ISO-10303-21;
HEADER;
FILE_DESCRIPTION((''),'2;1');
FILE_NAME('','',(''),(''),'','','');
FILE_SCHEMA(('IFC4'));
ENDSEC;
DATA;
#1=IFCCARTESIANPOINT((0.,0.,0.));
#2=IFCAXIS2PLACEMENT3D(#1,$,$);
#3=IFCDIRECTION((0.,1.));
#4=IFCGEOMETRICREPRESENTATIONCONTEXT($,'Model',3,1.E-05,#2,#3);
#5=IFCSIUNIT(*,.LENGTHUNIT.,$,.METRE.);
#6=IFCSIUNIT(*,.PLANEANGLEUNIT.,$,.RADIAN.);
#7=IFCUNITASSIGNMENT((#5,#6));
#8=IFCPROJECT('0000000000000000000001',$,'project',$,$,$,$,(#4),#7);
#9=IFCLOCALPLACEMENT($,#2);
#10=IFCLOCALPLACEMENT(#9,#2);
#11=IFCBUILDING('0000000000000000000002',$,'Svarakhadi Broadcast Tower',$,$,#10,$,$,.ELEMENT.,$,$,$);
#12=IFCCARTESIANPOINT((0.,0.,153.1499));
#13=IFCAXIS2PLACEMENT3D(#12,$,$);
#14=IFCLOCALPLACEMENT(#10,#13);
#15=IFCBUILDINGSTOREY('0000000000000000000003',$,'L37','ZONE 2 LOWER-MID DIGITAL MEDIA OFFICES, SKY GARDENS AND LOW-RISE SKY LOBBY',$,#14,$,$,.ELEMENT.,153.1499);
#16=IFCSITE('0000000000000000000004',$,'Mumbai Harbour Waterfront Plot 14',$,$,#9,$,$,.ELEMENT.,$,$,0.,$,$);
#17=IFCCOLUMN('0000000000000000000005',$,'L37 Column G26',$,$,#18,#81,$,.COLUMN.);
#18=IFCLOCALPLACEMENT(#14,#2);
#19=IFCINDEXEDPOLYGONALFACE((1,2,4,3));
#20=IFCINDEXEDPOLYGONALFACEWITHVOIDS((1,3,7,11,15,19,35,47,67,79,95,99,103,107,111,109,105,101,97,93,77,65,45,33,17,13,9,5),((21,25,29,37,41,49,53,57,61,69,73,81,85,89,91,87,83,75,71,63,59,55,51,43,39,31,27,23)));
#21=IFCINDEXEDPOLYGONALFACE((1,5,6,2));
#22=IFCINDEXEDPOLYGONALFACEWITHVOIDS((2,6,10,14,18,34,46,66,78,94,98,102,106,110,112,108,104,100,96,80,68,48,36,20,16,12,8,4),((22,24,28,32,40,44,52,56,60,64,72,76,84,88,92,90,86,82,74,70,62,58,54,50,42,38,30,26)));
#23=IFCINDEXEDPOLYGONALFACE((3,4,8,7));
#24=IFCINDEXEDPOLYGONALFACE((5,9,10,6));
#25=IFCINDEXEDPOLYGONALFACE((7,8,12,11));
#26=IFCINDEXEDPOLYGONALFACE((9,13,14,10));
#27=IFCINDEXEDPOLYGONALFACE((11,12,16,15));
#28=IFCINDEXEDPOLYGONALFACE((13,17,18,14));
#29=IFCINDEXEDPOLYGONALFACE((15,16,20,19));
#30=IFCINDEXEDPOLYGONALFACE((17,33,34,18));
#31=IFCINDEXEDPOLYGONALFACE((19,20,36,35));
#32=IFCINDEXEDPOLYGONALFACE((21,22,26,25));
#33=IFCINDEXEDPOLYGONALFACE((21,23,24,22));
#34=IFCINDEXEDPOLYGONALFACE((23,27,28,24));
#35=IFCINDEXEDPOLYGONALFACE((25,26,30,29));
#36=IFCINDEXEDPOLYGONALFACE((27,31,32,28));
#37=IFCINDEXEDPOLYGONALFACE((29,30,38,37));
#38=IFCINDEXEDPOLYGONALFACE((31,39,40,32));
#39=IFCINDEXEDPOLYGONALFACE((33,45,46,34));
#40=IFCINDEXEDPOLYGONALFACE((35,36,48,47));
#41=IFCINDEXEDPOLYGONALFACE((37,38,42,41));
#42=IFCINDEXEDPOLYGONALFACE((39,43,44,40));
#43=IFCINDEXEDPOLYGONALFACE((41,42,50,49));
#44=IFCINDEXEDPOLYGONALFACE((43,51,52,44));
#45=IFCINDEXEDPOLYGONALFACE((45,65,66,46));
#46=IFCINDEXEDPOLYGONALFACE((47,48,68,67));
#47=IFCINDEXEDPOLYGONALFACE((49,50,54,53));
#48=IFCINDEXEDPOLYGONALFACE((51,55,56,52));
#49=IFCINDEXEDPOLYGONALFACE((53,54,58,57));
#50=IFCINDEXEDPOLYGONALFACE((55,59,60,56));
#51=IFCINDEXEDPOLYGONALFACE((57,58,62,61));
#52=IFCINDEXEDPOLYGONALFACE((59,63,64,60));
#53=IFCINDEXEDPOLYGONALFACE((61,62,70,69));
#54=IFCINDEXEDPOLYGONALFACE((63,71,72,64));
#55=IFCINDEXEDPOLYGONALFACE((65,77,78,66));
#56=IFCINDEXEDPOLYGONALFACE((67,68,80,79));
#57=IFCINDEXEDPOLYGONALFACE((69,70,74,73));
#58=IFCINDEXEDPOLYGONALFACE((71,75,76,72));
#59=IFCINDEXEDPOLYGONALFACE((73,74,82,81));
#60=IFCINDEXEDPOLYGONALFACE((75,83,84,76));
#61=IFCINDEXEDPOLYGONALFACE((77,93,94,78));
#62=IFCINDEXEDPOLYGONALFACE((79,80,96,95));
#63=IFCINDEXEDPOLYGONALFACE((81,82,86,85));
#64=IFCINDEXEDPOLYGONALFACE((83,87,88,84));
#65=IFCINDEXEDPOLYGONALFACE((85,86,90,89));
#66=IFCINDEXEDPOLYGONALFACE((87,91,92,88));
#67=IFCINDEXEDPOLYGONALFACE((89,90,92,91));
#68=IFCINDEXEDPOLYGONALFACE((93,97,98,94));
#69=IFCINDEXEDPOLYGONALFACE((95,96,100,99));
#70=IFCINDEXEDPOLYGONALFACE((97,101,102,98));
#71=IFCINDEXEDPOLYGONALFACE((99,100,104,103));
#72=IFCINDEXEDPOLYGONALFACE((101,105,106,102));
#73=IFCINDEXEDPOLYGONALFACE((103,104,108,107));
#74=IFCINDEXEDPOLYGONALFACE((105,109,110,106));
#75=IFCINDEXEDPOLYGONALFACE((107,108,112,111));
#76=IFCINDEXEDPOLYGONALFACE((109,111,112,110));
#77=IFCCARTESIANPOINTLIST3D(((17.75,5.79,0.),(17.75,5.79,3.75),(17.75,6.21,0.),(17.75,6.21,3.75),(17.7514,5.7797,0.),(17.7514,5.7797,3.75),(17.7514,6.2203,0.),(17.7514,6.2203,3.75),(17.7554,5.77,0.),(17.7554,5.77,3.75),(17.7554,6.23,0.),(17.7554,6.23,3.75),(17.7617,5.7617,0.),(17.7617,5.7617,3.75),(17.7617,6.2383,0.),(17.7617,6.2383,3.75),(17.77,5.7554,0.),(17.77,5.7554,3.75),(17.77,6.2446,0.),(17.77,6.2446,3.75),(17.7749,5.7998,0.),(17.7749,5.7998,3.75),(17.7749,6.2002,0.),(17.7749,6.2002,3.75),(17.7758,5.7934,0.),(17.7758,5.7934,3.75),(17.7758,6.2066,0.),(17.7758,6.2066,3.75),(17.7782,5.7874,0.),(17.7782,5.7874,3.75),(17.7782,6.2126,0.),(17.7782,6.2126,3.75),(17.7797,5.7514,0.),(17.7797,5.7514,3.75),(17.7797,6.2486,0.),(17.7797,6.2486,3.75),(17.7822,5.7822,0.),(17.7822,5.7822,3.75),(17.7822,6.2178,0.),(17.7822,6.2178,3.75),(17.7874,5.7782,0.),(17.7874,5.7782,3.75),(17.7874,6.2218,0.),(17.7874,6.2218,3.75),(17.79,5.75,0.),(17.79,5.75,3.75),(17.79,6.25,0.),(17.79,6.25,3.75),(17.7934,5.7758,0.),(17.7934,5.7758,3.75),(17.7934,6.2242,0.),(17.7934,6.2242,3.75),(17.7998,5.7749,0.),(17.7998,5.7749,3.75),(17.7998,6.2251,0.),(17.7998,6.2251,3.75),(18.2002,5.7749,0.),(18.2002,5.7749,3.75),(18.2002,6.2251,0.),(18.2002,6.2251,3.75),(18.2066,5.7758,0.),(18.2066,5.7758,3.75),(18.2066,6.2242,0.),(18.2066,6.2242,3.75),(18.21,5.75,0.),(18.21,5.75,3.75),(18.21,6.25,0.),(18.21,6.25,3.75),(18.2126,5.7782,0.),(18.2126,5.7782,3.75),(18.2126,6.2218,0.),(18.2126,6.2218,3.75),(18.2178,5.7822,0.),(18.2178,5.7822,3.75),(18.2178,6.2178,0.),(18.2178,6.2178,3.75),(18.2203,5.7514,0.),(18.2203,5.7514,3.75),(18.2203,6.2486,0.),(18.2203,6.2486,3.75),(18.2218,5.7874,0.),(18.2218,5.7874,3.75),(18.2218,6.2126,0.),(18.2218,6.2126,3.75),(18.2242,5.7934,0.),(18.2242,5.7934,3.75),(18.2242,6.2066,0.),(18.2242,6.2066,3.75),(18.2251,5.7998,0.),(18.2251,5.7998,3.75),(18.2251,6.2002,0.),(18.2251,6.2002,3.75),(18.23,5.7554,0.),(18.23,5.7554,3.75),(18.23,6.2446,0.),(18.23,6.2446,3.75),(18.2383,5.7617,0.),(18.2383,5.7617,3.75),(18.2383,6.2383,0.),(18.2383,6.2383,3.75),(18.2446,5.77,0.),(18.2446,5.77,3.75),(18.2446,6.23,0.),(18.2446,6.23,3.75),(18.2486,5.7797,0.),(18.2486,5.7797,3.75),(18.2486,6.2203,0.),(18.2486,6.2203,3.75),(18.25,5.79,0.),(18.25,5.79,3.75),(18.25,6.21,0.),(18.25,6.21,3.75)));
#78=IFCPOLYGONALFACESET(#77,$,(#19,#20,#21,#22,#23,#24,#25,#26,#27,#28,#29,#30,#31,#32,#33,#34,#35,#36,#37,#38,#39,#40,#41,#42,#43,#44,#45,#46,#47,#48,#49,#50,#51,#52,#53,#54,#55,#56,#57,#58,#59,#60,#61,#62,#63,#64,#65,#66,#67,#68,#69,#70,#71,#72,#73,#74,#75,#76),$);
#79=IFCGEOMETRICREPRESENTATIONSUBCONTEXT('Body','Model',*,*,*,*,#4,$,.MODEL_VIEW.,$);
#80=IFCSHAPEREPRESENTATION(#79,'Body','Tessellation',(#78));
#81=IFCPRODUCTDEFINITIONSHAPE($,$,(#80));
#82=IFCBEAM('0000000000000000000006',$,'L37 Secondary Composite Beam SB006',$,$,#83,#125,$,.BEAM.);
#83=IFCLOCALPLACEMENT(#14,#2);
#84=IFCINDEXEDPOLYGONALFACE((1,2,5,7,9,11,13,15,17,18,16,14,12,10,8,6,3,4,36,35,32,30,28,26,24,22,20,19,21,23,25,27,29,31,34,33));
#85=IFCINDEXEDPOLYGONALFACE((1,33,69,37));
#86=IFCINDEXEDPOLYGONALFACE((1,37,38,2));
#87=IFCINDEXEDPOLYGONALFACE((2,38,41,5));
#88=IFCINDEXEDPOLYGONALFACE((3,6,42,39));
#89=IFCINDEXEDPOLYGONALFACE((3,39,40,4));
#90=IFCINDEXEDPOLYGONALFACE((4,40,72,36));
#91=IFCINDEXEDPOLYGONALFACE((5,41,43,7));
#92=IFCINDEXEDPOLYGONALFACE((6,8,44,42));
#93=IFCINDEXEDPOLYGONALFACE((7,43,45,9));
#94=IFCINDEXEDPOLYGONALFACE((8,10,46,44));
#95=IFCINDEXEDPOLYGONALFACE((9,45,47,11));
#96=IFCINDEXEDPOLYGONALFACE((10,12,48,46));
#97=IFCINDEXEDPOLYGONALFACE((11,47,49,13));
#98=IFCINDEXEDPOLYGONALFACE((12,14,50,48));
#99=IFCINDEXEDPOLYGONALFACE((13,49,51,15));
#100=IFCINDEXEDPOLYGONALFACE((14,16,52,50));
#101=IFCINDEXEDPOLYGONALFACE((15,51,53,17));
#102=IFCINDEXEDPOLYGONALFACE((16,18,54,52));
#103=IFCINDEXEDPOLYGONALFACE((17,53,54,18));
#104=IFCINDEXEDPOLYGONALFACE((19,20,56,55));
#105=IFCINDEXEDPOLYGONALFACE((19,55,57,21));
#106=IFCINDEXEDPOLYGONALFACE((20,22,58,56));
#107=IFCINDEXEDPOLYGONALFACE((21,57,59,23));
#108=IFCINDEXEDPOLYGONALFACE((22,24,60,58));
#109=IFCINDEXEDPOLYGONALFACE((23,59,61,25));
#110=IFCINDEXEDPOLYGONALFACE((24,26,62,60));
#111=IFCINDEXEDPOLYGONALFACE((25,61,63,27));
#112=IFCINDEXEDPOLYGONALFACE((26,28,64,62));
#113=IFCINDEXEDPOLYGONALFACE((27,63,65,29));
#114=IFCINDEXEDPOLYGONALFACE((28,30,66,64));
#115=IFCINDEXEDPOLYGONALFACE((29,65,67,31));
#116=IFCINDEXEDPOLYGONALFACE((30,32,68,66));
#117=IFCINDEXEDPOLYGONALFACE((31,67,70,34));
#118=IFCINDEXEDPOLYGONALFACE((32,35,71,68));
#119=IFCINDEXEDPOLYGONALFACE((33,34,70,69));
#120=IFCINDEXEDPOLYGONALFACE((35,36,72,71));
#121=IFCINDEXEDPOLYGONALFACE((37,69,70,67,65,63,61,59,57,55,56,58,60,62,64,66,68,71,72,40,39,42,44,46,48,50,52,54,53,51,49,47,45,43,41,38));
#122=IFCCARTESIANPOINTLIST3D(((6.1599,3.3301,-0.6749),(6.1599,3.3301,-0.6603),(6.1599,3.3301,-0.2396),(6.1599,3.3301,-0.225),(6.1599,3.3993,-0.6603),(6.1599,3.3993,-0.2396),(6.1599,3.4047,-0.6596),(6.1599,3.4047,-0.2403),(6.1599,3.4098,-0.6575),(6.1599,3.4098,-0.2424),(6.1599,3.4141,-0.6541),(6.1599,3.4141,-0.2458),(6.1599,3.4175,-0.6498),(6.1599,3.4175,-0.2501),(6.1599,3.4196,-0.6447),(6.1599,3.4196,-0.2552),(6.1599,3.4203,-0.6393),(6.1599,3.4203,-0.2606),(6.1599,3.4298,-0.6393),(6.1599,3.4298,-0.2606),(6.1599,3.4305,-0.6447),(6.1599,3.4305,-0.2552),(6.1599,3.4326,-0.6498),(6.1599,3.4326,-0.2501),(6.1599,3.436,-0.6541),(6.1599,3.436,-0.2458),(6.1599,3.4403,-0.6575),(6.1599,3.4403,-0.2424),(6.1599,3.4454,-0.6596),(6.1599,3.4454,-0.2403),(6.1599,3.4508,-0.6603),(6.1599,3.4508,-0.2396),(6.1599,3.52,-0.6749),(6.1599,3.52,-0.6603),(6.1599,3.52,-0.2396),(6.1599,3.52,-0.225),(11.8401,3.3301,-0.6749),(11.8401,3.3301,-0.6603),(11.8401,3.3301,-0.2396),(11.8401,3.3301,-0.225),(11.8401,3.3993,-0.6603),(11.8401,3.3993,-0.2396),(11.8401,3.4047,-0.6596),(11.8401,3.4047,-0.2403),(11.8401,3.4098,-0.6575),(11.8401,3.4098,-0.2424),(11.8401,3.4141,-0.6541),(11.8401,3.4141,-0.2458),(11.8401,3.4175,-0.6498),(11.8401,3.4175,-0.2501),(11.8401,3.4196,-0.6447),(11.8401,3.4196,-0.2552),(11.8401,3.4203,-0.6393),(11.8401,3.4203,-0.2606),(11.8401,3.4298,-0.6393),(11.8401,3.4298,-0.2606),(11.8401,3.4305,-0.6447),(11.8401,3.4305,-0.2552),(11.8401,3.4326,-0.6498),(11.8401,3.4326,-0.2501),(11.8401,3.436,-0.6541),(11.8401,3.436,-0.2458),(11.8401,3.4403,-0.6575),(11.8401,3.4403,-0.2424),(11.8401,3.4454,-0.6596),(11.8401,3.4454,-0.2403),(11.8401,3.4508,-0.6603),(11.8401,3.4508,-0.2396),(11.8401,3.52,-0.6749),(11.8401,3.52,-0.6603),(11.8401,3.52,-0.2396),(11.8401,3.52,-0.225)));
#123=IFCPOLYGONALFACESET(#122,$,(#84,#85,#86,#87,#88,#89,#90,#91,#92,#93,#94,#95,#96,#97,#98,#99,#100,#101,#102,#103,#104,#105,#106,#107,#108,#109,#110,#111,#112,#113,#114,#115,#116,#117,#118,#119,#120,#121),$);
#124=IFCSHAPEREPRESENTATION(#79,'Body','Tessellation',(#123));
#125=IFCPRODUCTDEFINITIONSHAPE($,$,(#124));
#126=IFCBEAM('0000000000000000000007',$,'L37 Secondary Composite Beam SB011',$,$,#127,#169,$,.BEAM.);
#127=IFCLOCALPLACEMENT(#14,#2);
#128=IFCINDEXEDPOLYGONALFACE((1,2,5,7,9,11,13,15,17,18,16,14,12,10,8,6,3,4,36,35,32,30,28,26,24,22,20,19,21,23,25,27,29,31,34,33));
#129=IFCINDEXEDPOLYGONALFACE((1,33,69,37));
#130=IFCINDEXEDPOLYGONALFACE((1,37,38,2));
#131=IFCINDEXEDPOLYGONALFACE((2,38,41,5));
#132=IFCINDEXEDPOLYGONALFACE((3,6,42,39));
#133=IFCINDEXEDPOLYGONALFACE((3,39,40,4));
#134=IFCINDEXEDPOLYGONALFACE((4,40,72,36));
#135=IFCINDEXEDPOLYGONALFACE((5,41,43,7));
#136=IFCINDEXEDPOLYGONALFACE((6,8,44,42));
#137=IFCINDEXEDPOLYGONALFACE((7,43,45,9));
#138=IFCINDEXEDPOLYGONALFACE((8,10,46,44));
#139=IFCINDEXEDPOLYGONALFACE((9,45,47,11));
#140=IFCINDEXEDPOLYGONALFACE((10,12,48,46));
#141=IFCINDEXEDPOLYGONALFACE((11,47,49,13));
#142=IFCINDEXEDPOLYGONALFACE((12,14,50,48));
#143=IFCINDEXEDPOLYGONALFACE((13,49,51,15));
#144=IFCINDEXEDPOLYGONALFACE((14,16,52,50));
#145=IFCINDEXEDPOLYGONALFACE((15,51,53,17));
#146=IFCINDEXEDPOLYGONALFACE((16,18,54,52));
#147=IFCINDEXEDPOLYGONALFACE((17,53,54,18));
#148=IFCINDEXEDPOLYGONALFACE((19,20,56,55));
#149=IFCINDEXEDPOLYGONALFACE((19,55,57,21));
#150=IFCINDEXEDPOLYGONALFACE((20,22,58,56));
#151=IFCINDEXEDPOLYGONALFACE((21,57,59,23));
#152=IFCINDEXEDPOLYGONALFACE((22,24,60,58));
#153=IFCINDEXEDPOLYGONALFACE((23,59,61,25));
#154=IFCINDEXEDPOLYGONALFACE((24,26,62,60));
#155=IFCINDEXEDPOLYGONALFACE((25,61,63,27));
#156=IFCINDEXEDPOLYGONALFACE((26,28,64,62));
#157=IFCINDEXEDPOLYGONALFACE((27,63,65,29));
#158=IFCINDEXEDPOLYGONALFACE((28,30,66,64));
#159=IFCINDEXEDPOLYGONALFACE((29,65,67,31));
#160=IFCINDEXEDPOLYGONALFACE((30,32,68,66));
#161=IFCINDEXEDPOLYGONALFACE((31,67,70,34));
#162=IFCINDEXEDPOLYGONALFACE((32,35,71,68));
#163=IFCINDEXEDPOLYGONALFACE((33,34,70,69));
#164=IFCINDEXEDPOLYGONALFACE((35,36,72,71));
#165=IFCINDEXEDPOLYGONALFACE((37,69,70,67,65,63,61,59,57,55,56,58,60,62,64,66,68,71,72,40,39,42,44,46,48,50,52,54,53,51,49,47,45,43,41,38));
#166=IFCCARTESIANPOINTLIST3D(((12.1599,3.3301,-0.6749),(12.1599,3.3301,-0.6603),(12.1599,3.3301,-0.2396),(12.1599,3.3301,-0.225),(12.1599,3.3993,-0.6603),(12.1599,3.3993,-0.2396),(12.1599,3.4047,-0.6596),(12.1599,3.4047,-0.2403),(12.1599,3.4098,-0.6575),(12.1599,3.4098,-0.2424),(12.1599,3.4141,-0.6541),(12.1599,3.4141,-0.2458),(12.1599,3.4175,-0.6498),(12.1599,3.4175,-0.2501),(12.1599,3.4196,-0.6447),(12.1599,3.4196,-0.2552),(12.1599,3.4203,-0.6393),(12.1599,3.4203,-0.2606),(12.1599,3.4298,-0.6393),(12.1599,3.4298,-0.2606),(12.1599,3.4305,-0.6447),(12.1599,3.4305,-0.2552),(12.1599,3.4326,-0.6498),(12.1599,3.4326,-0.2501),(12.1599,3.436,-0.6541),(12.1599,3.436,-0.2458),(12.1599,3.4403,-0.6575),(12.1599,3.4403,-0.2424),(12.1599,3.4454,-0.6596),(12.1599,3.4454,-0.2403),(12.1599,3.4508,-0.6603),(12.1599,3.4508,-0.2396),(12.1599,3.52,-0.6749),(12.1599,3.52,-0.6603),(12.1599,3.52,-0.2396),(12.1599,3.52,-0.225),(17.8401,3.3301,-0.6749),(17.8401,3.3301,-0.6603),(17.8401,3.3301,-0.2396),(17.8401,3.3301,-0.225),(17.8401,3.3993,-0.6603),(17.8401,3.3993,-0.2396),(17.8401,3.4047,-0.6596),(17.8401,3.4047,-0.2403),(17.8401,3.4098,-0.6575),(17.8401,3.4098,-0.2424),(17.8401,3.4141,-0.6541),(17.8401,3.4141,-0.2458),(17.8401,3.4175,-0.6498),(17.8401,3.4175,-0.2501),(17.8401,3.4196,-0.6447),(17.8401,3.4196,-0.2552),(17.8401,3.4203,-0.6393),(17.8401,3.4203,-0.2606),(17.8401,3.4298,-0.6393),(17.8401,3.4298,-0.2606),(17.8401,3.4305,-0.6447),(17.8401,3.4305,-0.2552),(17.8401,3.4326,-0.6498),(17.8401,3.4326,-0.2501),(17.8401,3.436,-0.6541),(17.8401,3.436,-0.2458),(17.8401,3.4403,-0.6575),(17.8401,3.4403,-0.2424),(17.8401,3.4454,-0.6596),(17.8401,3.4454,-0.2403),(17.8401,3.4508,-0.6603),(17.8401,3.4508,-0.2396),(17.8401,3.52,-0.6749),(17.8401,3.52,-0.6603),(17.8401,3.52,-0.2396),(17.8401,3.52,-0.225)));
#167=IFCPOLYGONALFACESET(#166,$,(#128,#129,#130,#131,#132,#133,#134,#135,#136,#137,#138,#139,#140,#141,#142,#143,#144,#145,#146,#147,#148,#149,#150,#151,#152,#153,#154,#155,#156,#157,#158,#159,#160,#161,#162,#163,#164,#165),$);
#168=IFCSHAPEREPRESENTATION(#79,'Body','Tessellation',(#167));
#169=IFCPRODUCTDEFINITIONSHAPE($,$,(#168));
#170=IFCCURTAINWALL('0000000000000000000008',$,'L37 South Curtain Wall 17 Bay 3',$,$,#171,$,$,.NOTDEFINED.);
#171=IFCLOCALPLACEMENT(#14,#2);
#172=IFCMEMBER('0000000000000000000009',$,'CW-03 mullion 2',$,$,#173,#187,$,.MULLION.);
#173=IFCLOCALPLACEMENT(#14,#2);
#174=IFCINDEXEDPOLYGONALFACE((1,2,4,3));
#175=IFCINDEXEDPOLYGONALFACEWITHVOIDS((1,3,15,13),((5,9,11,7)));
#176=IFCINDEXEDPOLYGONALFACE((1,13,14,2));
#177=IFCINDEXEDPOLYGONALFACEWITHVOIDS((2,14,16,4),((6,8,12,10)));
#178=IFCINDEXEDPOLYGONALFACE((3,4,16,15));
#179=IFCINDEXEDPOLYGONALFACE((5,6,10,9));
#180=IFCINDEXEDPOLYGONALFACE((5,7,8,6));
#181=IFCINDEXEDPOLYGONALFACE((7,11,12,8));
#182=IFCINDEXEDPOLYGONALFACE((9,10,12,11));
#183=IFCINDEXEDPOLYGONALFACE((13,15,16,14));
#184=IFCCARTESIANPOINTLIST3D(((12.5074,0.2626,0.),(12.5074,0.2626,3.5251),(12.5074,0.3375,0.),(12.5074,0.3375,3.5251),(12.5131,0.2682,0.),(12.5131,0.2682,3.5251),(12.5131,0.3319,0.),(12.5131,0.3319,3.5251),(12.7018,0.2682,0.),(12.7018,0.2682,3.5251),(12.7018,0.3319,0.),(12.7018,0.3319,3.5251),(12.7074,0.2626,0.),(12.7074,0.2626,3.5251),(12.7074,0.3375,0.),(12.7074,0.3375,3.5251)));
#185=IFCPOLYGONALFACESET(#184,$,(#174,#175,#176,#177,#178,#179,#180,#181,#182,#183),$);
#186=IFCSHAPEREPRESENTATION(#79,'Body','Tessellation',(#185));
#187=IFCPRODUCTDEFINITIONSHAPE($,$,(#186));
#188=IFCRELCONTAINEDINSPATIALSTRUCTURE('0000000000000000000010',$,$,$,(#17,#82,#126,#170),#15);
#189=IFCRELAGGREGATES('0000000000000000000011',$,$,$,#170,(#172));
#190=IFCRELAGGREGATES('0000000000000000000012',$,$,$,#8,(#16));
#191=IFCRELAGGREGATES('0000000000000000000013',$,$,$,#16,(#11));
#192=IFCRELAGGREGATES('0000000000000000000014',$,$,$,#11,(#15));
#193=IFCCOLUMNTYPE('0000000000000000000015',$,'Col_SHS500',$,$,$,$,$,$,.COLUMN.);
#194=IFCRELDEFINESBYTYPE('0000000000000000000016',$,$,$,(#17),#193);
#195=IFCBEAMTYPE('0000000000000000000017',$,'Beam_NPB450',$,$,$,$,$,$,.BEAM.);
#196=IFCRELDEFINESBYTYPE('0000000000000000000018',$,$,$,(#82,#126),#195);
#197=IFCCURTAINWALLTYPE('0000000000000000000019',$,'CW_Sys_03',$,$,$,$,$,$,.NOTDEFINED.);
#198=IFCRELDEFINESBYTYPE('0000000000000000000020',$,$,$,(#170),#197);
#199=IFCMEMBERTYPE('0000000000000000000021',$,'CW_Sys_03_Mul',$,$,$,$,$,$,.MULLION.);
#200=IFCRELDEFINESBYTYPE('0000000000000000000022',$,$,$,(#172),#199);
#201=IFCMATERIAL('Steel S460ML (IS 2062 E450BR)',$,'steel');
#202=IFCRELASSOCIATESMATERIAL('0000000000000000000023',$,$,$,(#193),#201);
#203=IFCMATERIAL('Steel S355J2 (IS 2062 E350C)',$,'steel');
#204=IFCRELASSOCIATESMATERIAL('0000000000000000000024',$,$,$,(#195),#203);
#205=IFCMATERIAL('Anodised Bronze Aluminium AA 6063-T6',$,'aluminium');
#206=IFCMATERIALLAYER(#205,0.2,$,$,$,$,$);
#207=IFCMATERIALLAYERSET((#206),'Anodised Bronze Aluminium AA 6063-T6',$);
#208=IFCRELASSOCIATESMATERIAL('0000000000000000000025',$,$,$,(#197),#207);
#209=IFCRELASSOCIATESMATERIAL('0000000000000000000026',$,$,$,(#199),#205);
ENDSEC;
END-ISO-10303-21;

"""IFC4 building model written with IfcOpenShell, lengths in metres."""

from ifc_helpers import new_model, si_unit, direction, frame, origin, origin_2d, place, context, subcontext, project, spatial, hollow_rectangle, i_section, extrude, material, layer, layer_set, material_profile, profile_set, type_object, element, aggregate, save


model = new_model("IFC4")

# Units and contexts
model_context = context("Model", 3, precision=1e-05, world=origin(), true_north=direction((0.0, 1.0)))
body_context = subcontext(model_context, "Body", "Model", "MODEL_VIEW")
ifc_project = project(units=[si_unit("LENGTHUNIT", "METRE"), si_unit("PLANEANGLEUNIT", "RADIAN")], contexts=[model_context])

# Site, building, storey
site_placement = place(None, origin())
site = spatial("IfcSite", under=ifc_project, at=site_placement, Name="Mumbai Harbour Waterfront Plot 14", CompositionType="ELEMENT", RefElevation=0.0)
building_placement = place(site_placement, origin())
building = spatial("IfcBuilding", under=site, at=building_placement, Name="Svarakhadi Broadcast Tower", CompositionType="ELEMENT")
storey_placement = place(building_placement, frame((0.0, 0.0, 153.1499)))
storey = spatial("IfcBuildingStorey", under=building, at=storey_placement, Name="L37", Description="ZONE 2 LOWER-MID DIGITAL MEDIA OFFICES, SKY GARDENS AND LOW-RISE SKY LOBBY", CompositionType="ELEMENT", Elevation=153.1499)

# Column
ifc_material_1 = material(Name="Steel S460ML (IS 2062 E450BR)", Category="steel")
ifc_material_profile_1 = material_profile(ifc_material_1, hollow_rectangle(XDim=0.5, YDim=0.5, WallThickness=0.0249, InnerFilletRadius=0.0249, OuterFilletRadius=0.04, at=origin_2d()), Name="SHS 500x500x25")
ifc_profile_set_1 = profile_set([ifc_material_profile_1], Name="Steel S460ML (IS 2062 E450BR)")
column_type_1 = type_object("IfcColumnType", Name="Col_SHS500", PredefinedType="COLUMN", material=ifc_profile_set_1)
for number, where, z_axis, x_axis, name in (
    (1, (18.0, 6.0, 0.0), (0.0, 0.0, 1.0), (1.0, 0.0, 0.0), "L37 Column G26"),
):
    element("IfcColumn", number, at=place(storey_placement, frame(where, z_axis=z_axis, x_axis=x_axis)), inside=storey, type_object=column_type_1, Name=name, PredefinedType="COLUMN", context=body_context, shape_type="SweptSolid", body=[
        extrude(hollow_rectangle(XDim=0.5, YDim=0.5, WallThickness=0.0249, InnerFilletRadius=0.0249, OuterFilletRadius=0.04, at=origin_2d()), origin(), (0.0, 0.0, 1.0), 3.75),
    ])

# Beams
ifc_material_2 = material(Name="Steel S355J2 (IS 2062 E350C)", Category="steel")
ifc_material_profile_2 = material_profile(ifc_material_2, i_section(OverallWidth=0.1899, OverallDepth=0.45, WebThickness=0.0095, FlangeThickness=0.0146, FilletRadius=0.021, at=origin_2d()), Name="NPB 450x190x78")
ifc_profile_set_2 = profile_set([ifc_material_profile_2], Name="Steel S355J2 (IS 2062 E350C)")
beam_type_1 = type_object("IfcBeamType", Name="Beam_NPB450", PredefinedType="BEAM", material=ifc_profile_set_2)
for number, where, z_axis, x_axis, name in (
    (2, (6.1599, 3.425, -0.45), (1.0, 0.0, 0.0), (0.0, 1.0, 0.0), "L37 Secondary Composite Beam SB006"),
    (3, (12.1599, 3.425, -0.45), (1.0, 0.0, 0.0), (0.0, 1.0, 0.0), "L37 Secondary Composite Beam SB011"),
):
    element("IfcBeam", number, at=place(storey_placement, frame(where, z_axis=z_axis, x_axis=x_axis)), inside=storey, type_object=beam_type_1, Name=name, PredefinedType="BEAM", context=body_context, shape_type="SweptSolid", body=[
        extrude(i_section(OverallWidth=0.1899, OverallDepth=0.45, WebThickness=0.0095, FlangeThickness=0.0146, FilletRadius=0.021, at=origin_2d()), origin(), (0.0, 0.0, 1.0), 5.6802),
    ])

# Curtain wall, member
ifc_material_3 = material(Name="Anodised Bronze Aluminium AA 6063-T6", Category="aluminium")
ifc_layer_1 = layer(ifc_material_3, 0.2)
ifc_layer_set_1 = layer_set([ifc_layer_1], Name="Anodised Bronze Aluminium AA 6063-T6")
curtain_wall_type = type_object("IfcCurtainWallType", Name="CW_Sys_03", PredefinedType="NOTDEFINED", material=ifc_layer_set_1)
curtain_wall_1_placement = place(storey_placement, origin())
curtain_wall_1 = element("IfcCurtainWall", 4, at=curtain_wall_1_placement, inside=storey, type_object=curtain_wall_type, Name="L37 South Curtain Wall 17 Bay 3", PredefinedType="NOTDEFINED")
ifc_material_profile_3 = material_profile(ifc_material_3, hollow_rectangle(XDim=0.075, YDim=0.2, WallThickness=0.0056, at=origin_2d()), Name="ALU MULLION 200x75x6")
ifc_profile_set_3 = profile_set([ifc_material_profile_3], Name="Anodised Bronze Aluminium AA 6063-T6")
member_type_1 = type_object("IfcMemberType", Name="CW_Sys_03_Mul", PredefinedType="MULLION", material=ifc_profile_set_3)
member_1_placement = place(storey_placement, frame((12.6074, 0.3, 0.0), z_axis=(0.0, 0.0, 1.0), x_axis=(0.0, -1.0, 0.0)))
member_1 = element("IfcMember", 5, at=member_1_placement, type_object=member_type_1, Name="CW-03 mullion 2", PredefinedType="MULLION", context=body_context, shape_type="SweptSolid", body=[
    extrude(hollow_rectangle(XDim=0.075, YDim=0.2, WallThickness=0.0056, at=origin_2d()), origin(), (0.0, 0.0, 1.0), 3.5251),
])
aggregate(curtain_wall_1, [member_1])

save(model, "model.ifc")
